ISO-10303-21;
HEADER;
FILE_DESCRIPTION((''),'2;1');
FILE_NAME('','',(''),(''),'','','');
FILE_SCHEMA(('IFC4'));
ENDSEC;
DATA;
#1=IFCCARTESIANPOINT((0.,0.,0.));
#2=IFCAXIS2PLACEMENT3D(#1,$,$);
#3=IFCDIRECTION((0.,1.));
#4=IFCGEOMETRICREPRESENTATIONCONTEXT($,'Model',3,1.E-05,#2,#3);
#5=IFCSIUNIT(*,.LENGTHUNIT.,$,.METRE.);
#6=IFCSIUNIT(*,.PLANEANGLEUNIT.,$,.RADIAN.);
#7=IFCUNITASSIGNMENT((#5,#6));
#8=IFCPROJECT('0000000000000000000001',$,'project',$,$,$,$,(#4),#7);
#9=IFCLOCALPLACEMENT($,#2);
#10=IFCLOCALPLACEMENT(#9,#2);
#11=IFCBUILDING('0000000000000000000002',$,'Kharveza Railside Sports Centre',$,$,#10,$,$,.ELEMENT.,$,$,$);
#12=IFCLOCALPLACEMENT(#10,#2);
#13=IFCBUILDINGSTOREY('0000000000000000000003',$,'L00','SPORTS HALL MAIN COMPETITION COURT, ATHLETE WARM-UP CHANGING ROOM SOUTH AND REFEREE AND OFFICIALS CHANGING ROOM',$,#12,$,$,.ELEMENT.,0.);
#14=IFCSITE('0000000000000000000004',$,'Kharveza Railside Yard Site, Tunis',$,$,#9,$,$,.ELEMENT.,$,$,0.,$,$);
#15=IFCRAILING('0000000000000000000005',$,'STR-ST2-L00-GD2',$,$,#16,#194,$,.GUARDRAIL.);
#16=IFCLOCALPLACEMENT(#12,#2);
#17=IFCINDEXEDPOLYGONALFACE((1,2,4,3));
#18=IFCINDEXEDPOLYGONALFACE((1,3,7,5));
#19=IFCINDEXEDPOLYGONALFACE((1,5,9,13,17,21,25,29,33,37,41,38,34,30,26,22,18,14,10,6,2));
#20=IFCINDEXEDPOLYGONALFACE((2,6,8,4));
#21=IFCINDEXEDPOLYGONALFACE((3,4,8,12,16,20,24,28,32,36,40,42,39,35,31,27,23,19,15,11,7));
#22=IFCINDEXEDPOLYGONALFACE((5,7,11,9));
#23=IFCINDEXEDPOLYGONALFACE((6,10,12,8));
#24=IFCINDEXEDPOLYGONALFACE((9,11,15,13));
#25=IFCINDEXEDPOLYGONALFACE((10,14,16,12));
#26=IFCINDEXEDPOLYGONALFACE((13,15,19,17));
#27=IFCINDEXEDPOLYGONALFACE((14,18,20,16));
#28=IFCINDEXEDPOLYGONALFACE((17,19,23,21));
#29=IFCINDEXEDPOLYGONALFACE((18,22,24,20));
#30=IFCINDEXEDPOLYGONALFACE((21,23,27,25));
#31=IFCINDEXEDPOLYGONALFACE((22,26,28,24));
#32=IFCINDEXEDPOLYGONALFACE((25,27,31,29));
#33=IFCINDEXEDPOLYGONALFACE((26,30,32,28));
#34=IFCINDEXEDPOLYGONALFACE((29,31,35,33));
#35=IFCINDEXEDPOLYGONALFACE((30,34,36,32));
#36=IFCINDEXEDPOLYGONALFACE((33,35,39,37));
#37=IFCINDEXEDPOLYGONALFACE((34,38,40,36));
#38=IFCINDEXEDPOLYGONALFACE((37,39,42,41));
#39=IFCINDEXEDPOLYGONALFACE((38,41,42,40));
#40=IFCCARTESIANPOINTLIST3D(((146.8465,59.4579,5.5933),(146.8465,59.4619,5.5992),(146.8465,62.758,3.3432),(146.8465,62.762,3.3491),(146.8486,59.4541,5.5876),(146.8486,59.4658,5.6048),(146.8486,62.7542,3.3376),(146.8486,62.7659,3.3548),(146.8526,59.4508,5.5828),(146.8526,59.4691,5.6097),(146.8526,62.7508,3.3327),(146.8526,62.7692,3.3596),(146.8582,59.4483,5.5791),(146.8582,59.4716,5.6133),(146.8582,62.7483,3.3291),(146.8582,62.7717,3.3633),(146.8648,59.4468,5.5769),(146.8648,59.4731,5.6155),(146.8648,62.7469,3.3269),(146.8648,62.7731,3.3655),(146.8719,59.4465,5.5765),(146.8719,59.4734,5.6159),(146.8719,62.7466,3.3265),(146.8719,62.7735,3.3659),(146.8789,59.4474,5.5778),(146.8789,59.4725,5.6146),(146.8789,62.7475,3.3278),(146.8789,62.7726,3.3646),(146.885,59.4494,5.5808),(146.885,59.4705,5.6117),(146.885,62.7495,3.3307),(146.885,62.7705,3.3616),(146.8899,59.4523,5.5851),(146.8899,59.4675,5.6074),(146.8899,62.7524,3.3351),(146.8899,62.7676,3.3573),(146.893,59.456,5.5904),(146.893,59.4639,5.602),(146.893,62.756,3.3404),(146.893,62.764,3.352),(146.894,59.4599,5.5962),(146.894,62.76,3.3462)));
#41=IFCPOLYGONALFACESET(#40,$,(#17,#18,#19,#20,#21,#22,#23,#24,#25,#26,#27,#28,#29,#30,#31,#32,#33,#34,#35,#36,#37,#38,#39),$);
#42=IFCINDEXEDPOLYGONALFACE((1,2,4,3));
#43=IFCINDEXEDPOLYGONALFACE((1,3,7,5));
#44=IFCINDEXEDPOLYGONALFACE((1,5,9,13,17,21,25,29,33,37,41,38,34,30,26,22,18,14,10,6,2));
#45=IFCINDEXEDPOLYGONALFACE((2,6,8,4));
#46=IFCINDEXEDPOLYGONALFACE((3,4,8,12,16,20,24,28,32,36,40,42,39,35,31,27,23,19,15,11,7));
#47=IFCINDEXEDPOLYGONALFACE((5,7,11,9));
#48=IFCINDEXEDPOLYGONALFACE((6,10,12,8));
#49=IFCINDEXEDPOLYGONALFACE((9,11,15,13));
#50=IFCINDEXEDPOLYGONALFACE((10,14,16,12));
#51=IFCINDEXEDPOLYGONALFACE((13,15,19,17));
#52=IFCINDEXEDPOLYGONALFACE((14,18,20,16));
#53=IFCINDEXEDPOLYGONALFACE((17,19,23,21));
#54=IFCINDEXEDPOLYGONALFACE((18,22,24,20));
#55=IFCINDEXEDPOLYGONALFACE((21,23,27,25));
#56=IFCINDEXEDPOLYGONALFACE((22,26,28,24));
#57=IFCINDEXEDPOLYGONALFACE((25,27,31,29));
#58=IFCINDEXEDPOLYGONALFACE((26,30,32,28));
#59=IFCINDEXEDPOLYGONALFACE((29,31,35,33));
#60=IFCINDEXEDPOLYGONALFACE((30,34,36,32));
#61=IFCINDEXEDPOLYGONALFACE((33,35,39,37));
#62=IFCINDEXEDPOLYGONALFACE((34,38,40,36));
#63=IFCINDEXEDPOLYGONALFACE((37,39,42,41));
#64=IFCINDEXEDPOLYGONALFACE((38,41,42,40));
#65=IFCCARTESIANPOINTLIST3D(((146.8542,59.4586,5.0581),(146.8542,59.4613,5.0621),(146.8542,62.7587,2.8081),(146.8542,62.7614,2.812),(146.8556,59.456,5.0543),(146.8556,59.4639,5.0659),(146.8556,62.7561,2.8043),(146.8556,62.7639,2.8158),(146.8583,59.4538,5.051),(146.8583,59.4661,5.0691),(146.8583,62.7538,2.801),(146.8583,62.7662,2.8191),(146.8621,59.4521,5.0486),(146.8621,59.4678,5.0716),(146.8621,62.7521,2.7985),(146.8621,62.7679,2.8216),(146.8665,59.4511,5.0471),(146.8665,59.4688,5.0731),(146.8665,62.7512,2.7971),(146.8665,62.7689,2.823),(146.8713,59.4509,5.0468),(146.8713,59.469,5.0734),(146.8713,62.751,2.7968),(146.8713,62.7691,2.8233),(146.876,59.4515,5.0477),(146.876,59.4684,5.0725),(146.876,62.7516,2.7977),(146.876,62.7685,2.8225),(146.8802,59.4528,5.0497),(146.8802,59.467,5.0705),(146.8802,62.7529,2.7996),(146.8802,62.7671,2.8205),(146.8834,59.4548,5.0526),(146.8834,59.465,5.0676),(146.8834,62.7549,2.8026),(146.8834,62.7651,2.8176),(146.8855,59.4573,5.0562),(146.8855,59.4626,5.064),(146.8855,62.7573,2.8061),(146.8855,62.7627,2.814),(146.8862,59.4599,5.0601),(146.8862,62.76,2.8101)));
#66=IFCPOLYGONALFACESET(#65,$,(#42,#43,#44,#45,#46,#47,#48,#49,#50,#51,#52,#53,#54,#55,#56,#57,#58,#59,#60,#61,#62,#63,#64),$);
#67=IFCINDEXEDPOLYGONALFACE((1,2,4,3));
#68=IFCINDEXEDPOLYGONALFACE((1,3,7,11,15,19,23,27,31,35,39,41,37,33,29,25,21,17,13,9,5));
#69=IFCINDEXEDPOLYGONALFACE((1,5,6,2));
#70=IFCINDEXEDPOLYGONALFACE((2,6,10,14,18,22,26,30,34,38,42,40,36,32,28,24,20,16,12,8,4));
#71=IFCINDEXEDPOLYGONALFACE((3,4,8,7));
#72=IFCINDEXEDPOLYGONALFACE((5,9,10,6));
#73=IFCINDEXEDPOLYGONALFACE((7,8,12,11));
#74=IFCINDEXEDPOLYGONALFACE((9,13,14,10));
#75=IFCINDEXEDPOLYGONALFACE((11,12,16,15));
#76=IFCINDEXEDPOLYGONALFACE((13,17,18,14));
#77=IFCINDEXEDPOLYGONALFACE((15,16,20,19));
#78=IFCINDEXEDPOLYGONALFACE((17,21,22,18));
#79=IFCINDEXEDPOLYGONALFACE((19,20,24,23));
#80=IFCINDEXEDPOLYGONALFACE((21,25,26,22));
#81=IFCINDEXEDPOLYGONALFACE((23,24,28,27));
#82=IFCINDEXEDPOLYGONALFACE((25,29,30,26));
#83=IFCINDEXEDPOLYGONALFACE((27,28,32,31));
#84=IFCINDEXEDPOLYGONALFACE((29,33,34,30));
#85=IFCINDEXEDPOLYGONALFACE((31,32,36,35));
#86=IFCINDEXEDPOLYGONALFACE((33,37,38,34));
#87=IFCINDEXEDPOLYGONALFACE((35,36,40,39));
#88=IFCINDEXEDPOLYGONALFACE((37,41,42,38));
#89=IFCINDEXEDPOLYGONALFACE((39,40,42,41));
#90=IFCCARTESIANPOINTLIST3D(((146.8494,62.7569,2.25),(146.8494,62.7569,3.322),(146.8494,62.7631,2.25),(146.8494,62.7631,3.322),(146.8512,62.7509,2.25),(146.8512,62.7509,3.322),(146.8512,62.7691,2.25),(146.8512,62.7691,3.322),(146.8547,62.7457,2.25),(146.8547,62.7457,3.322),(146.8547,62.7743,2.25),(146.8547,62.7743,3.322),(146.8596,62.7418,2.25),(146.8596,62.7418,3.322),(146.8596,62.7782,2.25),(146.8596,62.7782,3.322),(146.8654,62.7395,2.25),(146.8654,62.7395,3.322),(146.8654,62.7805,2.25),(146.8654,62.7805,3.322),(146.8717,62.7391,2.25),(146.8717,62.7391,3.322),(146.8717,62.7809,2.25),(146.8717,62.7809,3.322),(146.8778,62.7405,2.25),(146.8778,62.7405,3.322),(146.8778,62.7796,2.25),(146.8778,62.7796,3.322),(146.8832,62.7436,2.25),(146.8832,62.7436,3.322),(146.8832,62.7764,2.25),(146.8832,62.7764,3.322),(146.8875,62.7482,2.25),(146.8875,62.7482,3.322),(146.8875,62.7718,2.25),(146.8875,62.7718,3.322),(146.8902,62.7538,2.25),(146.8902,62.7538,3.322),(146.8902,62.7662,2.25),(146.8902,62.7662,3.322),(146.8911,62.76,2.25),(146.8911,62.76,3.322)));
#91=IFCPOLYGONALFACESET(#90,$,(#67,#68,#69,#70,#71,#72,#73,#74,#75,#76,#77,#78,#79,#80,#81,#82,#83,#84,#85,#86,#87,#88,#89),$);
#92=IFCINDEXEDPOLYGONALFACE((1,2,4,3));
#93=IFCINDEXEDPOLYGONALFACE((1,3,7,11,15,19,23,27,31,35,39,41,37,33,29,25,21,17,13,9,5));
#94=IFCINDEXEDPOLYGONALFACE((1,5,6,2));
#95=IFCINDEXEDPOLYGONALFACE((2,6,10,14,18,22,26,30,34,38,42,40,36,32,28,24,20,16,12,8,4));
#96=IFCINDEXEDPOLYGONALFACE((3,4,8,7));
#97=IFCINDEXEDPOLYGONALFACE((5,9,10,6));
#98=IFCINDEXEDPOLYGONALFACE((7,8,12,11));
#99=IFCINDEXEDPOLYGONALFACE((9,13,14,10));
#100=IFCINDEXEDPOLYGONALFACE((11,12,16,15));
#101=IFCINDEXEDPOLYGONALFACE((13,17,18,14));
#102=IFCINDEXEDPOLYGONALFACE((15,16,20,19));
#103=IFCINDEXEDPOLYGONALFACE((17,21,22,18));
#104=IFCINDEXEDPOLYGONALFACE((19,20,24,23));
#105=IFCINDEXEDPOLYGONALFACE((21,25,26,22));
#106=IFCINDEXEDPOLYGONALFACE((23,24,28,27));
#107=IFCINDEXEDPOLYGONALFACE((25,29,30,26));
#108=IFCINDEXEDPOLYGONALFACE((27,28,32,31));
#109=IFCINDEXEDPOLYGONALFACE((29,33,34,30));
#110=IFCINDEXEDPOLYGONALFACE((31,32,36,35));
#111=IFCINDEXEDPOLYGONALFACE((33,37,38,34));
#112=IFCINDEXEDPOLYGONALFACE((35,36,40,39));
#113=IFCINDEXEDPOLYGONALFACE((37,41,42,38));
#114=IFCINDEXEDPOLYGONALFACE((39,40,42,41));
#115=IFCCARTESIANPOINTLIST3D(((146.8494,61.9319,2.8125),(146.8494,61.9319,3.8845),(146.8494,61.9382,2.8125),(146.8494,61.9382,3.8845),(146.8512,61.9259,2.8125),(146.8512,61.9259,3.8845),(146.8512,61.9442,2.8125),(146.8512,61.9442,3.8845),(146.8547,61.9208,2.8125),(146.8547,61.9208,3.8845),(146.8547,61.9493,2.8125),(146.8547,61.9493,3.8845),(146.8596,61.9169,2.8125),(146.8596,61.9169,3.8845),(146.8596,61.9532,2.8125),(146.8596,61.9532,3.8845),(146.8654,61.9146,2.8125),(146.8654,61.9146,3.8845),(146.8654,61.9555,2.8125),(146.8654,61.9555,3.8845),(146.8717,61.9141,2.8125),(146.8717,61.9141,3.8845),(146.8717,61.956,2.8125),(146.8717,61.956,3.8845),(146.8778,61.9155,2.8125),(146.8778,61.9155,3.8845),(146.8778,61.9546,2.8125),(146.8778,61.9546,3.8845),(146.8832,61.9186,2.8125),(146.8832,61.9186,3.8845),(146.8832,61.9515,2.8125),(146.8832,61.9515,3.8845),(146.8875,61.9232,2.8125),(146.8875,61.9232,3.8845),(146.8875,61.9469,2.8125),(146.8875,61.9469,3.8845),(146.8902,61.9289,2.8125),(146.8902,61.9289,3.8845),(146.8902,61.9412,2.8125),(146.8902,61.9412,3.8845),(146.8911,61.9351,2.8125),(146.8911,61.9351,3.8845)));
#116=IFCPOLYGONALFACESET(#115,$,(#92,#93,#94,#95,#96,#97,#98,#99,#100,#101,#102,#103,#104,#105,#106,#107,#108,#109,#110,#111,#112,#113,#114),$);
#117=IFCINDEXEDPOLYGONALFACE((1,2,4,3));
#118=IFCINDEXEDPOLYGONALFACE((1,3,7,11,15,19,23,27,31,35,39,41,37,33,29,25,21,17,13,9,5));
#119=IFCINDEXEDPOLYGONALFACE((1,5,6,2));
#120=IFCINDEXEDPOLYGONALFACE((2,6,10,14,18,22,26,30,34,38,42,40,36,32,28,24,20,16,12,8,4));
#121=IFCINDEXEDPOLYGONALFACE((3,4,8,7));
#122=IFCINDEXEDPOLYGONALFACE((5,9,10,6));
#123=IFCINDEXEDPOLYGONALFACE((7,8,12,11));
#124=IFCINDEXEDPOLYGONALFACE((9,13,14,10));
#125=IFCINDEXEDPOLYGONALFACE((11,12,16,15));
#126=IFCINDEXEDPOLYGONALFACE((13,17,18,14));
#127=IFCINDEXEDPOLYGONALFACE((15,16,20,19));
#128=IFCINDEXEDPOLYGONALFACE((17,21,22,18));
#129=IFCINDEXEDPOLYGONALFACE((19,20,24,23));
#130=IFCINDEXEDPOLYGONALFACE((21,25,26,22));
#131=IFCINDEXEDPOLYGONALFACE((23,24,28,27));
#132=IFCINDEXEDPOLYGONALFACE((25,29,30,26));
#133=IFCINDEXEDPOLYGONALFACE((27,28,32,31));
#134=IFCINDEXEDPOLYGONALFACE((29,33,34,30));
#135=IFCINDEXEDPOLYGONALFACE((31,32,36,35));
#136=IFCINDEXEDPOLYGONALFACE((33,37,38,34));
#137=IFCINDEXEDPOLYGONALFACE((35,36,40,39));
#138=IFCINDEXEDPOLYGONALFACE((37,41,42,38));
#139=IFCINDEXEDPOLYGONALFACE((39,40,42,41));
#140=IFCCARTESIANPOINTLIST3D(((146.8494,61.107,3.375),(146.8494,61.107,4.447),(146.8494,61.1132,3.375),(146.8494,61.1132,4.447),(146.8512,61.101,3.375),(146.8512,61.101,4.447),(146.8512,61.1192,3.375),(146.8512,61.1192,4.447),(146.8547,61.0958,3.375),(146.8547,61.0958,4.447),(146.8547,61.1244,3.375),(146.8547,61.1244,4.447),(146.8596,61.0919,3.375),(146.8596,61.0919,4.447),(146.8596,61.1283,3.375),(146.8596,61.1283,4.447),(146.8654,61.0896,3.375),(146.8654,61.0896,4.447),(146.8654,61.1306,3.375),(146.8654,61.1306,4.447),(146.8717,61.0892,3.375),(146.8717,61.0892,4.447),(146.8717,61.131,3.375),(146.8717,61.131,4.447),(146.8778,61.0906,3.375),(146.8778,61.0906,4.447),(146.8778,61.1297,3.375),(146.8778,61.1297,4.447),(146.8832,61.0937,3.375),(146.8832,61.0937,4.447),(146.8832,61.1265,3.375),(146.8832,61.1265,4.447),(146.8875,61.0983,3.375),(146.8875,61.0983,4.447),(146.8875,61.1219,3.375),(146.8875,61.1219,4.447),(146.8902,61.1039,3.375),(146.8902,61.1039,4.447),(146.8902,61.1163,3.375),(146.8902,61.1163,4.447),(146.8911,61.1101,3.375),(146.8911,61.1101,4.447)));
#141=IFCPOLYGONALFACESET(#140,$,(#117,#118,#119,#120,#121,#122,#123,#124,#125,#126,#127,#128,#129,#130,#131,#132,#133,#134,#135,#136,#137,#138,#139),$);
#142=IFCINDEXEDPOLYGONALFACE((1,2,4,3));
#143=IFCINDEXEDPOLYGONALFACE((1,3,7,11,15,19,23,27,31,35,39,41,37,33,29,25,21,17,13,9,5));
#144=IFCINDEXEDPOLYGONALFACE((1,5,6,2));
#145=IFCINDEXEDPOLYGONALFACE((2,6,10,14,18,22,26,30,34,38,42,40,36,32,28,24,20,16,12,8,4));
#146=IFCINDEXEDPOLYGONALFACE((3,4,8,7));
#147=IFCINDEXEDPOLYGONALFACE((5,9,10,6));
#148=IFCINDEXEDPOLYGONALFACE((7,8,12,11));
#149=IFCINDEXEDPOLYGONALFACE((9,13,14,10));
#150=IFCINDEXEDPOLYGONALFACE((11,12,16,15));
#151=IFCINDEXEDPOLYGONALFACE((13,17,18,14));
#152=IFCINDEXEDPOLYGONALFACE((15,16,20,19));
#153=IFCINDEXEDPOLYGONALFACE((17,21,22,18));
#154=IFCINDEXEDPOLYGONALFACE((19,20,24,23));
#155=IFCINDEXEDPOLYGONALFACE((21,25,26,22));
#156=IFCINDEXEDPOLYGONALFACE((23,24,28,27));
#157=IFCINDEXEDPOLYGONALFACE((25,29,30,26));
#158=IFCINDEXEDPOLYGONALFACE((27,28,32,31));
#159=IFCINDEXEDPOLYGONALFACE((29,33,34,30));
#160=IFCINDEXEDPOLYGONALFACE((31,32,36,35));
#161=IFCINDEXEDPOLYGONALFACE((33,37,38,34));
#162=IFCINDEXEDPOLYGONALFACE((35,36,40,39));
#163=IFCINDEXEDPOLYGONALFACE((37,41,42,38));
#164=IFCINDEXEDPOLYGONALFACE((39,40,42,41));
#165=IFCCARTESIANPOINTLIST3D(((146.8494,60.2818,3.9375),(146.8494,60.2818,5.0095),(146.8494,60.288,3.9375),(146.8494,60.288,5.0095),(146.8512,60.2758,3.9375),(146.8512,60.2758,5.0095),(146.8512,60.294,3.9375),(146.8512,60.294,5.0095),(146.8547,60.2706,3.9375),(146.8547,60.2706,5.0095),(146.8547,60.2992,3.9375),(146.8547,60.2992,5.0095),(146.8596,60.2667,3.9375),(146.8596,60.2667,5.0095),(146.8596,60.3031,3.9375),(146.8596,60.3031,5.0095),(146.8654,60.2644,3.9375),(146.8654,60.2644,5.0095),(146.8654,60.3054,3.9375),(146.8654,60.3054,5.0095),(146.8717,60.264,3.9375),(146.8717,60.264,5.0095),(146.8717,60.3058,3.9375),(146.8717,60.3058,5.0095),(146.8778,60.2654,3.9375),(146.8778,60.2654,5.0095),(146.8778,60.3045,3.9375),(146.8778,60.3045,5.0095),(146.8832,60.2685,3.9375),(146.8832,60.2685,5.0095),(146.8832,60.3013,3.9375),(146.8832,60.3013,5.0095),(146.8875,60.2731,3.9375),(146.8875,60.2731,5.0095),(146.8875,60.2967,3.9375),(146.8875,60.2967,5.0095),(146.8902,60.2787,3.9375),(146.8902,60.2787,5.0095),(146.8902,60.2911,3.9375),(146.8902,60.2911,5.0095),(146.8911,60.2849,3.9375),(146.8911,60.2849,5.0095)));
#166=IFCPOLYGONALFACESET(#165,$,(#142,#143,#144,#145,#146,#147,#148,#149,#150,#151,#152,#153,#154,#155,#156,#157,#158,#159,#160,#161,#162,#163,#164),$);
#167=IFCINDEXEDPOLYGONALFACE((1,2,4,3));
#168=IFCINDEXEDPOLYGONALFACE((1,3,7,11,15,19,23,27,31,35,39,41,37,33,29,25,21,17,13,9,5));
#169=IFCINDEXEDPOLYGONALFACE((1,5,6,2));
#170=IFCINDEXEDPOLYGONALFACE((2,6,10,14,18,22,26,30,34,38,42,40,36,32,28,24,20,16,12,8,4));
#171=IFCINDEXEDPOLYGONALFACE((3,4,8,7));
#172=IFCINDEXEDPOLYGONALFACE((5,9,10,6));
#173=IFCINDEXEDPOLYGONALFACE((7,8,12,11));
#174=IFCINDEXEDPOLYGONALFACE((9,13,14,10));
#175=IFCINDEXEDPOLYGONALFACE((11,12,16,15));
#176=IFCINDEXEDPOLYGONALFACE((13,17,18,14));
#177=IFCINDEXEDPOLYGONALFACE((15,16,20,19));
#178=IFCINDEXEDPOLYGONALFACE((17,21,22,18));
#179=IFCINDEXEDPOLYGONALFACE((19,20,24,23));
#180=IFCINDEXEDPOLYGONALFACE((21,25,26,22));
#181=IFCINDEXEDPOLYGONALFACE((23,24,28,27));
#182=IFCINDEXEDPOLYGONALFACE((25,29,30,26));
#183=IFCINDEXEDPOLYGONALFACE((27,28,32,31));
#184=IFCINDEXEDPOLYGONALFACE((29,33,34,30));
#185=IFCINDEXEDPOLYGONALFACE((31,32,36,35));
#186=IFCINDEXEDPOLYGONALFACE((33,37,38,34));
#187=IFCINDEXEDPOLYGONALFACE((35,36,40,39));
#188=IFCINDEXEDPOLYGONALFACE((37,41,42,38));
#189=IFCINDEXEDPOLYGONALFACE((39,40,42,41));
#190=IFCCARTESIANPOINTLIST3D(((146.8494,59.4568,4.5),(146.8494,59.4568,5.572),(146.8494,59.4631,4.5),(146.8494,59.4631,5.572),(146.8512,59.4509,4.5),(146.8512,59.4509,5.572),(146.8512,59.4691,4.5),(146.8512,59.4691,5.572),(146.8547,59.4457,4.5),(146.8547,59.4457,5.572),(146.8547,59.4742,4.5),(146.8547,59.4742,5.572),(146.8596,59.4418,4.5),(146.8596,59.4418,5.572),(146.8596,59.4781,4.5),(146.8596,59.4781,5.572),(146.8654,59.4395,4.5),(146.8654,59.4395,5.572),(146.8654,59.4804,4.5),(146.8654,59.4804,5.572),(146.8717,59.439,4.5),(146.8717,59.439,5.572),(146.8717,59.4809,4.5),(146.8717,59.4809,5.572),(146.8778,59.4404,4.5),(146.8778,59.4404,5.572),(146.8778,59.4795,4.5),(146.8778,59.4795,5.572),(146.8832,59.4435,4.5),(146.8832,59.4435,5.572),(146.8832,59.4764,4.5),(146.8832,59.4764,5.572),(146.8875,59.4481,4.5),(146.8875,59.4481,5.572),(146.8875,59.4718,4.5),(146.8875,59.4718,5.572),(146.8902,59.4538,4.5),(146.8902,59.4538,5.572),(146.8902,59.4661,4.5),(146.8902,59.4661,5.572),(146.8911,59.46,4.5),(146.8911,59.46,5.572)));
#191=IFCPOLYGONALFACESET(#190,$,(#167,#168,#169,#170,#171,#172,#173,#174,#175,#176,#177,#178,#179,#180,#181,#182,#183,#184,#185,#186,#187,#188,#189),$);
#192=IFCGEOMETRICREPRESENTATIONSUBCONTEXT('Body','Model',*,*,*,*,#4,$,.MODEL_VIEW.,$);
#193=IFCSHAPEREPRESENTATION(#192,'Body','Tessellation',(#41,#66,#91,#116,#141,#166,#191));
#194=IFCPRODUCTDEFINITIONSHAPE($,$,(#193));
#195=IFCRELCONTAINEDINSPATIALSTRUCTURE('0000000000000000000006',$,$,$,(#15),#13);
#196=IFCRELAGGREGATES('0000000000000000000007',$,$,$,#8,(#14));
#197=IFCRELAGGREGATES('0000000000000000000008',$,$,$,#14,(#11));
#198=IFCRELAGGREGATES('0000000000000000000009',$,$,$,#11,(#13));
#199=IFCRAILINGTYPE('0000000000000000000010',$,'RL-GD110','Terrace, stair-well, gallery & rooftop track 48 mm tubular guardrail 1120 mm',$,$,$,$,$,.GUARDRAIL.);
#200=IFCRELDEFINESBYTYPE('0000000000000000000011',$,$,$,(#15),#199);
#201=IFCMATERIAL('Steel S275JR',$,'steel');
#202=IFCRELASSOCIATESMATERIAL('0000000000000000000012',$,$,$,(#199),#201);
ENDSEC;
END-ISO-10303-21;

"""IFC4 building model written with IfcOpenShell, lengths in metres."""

from ifc_helpers import new_model, si_unit, direction, frame, origin, origin_2d, place, context, subcontext, project, spatial, circle, extrude, material, type_object, element, save


model = new_model("IFC4")

# Units and contexts
model_context = context("Model", 3, precision=1e-05, world=origin(), true_north=direction((0.0, 1.0)))
body_context = subcontext(model_context, "Body", "Model", "MODEL_VIEW")
ifc_project = project(units=[si_unit("LENGTHUNIT", "METRE"), si_unit("PLANEANGLEUNIT", "RADIAN")], contexts=[model_context])

# Site, building, storey
site_placement = place(None, origin())
site = spatial("IfcSite", under=ifc_project, at=site_placement, Name="Kharveza Railside Yard Site, Tunis", CompositionType="ELEMENT", RefElevation=0.0)
building_placement = place(site_placement, origin())
building = spatial("IfcBuilding", under=site, at=building_placement, Name="Kharveza Railside Sports Centre", CompositionType="ELEMENT")
storey_placement = place(building_placement, origin())
storey = spatial("IfcBuildingStorey", under=building, at=storey_placement, Name="L00", Description="SPORTS HALL MAIN COMPETITION COURT, ATHLETE WARM-UP CHANGING ROOM SOUTH AND REFEREE AND OFFICIALS CHANGING ROOM", CompositionType="ELEMENT", Elevation=0.0)

# Railing
ifc_material_1 = material(Name="Steel S275JR", Category="steel")
railing_type_1 = type_object("IfcRailingType", Name="RL-GD110", Description="Terrace, stair-well, gallery & rooftop track 48 mm tubular guardrail 1120 mm", PredefinedType="GUARDRAIL", material=ifc_material_1)
railing_1_placement = place(storey_placement, frame((146.8701, 62.76, 2.25)))
element("IfcRailing", 1, at=railing_1_placement, inside=storey, type_object=railing_type_1, Name="STR-ST2-L00-GD2", PredefinedType="GUARDRAIL", context=body_context, shape_type="SweptSolid", body=[
    extrude(circle(Radius=0.0239, at=origin_2d()), frame((0.0, 0.0, 1.0962), z_axis=(0.0, -0.826231, 0.563331), x_axis=(1.0, 0.0, 0.0)), (0.0, 0.0, 1.0), 3.9941),
    extrude(circle(Radius=0.0161, at=origin_2d()), frame((0.0, 0.0, 0.5601), z_axis=(0.0, -0.826231, 0.563331), x_axis=(1.0, 0.0, 0.0)), (0.0, 0.0, 1.0), 3.9941),
    extrude(circle(Radius=0.021, at=origin_2d()), origin(), (0.0, 0.0, 1.0), 1.072),
    extrude(circle(Radius=0.021, at=origin_2d()), frame((0.0, -0.825, 0.5625)), (0.0, 0.0, 1.0), 1.072),
    extrude(circle(Radius=0.021, at=origin_2d()), frame((0.0, -1.6499, 1.125)), (0.0, 0.0, 1.0), 1.072),
    extrude(circle(Radius=0.021, at=origin_2d()), frame((0.0, -2.4751, 1.6875)), (0.0, 0.0, 1.0), 1.072),
    extrude(circle(Radius=0.021, at=origin_2d()), frame((0.0, -3.3, 2.25)), (0.0, 0.0, 1.0), 1.072),
])

save(model, "model.ifc")
